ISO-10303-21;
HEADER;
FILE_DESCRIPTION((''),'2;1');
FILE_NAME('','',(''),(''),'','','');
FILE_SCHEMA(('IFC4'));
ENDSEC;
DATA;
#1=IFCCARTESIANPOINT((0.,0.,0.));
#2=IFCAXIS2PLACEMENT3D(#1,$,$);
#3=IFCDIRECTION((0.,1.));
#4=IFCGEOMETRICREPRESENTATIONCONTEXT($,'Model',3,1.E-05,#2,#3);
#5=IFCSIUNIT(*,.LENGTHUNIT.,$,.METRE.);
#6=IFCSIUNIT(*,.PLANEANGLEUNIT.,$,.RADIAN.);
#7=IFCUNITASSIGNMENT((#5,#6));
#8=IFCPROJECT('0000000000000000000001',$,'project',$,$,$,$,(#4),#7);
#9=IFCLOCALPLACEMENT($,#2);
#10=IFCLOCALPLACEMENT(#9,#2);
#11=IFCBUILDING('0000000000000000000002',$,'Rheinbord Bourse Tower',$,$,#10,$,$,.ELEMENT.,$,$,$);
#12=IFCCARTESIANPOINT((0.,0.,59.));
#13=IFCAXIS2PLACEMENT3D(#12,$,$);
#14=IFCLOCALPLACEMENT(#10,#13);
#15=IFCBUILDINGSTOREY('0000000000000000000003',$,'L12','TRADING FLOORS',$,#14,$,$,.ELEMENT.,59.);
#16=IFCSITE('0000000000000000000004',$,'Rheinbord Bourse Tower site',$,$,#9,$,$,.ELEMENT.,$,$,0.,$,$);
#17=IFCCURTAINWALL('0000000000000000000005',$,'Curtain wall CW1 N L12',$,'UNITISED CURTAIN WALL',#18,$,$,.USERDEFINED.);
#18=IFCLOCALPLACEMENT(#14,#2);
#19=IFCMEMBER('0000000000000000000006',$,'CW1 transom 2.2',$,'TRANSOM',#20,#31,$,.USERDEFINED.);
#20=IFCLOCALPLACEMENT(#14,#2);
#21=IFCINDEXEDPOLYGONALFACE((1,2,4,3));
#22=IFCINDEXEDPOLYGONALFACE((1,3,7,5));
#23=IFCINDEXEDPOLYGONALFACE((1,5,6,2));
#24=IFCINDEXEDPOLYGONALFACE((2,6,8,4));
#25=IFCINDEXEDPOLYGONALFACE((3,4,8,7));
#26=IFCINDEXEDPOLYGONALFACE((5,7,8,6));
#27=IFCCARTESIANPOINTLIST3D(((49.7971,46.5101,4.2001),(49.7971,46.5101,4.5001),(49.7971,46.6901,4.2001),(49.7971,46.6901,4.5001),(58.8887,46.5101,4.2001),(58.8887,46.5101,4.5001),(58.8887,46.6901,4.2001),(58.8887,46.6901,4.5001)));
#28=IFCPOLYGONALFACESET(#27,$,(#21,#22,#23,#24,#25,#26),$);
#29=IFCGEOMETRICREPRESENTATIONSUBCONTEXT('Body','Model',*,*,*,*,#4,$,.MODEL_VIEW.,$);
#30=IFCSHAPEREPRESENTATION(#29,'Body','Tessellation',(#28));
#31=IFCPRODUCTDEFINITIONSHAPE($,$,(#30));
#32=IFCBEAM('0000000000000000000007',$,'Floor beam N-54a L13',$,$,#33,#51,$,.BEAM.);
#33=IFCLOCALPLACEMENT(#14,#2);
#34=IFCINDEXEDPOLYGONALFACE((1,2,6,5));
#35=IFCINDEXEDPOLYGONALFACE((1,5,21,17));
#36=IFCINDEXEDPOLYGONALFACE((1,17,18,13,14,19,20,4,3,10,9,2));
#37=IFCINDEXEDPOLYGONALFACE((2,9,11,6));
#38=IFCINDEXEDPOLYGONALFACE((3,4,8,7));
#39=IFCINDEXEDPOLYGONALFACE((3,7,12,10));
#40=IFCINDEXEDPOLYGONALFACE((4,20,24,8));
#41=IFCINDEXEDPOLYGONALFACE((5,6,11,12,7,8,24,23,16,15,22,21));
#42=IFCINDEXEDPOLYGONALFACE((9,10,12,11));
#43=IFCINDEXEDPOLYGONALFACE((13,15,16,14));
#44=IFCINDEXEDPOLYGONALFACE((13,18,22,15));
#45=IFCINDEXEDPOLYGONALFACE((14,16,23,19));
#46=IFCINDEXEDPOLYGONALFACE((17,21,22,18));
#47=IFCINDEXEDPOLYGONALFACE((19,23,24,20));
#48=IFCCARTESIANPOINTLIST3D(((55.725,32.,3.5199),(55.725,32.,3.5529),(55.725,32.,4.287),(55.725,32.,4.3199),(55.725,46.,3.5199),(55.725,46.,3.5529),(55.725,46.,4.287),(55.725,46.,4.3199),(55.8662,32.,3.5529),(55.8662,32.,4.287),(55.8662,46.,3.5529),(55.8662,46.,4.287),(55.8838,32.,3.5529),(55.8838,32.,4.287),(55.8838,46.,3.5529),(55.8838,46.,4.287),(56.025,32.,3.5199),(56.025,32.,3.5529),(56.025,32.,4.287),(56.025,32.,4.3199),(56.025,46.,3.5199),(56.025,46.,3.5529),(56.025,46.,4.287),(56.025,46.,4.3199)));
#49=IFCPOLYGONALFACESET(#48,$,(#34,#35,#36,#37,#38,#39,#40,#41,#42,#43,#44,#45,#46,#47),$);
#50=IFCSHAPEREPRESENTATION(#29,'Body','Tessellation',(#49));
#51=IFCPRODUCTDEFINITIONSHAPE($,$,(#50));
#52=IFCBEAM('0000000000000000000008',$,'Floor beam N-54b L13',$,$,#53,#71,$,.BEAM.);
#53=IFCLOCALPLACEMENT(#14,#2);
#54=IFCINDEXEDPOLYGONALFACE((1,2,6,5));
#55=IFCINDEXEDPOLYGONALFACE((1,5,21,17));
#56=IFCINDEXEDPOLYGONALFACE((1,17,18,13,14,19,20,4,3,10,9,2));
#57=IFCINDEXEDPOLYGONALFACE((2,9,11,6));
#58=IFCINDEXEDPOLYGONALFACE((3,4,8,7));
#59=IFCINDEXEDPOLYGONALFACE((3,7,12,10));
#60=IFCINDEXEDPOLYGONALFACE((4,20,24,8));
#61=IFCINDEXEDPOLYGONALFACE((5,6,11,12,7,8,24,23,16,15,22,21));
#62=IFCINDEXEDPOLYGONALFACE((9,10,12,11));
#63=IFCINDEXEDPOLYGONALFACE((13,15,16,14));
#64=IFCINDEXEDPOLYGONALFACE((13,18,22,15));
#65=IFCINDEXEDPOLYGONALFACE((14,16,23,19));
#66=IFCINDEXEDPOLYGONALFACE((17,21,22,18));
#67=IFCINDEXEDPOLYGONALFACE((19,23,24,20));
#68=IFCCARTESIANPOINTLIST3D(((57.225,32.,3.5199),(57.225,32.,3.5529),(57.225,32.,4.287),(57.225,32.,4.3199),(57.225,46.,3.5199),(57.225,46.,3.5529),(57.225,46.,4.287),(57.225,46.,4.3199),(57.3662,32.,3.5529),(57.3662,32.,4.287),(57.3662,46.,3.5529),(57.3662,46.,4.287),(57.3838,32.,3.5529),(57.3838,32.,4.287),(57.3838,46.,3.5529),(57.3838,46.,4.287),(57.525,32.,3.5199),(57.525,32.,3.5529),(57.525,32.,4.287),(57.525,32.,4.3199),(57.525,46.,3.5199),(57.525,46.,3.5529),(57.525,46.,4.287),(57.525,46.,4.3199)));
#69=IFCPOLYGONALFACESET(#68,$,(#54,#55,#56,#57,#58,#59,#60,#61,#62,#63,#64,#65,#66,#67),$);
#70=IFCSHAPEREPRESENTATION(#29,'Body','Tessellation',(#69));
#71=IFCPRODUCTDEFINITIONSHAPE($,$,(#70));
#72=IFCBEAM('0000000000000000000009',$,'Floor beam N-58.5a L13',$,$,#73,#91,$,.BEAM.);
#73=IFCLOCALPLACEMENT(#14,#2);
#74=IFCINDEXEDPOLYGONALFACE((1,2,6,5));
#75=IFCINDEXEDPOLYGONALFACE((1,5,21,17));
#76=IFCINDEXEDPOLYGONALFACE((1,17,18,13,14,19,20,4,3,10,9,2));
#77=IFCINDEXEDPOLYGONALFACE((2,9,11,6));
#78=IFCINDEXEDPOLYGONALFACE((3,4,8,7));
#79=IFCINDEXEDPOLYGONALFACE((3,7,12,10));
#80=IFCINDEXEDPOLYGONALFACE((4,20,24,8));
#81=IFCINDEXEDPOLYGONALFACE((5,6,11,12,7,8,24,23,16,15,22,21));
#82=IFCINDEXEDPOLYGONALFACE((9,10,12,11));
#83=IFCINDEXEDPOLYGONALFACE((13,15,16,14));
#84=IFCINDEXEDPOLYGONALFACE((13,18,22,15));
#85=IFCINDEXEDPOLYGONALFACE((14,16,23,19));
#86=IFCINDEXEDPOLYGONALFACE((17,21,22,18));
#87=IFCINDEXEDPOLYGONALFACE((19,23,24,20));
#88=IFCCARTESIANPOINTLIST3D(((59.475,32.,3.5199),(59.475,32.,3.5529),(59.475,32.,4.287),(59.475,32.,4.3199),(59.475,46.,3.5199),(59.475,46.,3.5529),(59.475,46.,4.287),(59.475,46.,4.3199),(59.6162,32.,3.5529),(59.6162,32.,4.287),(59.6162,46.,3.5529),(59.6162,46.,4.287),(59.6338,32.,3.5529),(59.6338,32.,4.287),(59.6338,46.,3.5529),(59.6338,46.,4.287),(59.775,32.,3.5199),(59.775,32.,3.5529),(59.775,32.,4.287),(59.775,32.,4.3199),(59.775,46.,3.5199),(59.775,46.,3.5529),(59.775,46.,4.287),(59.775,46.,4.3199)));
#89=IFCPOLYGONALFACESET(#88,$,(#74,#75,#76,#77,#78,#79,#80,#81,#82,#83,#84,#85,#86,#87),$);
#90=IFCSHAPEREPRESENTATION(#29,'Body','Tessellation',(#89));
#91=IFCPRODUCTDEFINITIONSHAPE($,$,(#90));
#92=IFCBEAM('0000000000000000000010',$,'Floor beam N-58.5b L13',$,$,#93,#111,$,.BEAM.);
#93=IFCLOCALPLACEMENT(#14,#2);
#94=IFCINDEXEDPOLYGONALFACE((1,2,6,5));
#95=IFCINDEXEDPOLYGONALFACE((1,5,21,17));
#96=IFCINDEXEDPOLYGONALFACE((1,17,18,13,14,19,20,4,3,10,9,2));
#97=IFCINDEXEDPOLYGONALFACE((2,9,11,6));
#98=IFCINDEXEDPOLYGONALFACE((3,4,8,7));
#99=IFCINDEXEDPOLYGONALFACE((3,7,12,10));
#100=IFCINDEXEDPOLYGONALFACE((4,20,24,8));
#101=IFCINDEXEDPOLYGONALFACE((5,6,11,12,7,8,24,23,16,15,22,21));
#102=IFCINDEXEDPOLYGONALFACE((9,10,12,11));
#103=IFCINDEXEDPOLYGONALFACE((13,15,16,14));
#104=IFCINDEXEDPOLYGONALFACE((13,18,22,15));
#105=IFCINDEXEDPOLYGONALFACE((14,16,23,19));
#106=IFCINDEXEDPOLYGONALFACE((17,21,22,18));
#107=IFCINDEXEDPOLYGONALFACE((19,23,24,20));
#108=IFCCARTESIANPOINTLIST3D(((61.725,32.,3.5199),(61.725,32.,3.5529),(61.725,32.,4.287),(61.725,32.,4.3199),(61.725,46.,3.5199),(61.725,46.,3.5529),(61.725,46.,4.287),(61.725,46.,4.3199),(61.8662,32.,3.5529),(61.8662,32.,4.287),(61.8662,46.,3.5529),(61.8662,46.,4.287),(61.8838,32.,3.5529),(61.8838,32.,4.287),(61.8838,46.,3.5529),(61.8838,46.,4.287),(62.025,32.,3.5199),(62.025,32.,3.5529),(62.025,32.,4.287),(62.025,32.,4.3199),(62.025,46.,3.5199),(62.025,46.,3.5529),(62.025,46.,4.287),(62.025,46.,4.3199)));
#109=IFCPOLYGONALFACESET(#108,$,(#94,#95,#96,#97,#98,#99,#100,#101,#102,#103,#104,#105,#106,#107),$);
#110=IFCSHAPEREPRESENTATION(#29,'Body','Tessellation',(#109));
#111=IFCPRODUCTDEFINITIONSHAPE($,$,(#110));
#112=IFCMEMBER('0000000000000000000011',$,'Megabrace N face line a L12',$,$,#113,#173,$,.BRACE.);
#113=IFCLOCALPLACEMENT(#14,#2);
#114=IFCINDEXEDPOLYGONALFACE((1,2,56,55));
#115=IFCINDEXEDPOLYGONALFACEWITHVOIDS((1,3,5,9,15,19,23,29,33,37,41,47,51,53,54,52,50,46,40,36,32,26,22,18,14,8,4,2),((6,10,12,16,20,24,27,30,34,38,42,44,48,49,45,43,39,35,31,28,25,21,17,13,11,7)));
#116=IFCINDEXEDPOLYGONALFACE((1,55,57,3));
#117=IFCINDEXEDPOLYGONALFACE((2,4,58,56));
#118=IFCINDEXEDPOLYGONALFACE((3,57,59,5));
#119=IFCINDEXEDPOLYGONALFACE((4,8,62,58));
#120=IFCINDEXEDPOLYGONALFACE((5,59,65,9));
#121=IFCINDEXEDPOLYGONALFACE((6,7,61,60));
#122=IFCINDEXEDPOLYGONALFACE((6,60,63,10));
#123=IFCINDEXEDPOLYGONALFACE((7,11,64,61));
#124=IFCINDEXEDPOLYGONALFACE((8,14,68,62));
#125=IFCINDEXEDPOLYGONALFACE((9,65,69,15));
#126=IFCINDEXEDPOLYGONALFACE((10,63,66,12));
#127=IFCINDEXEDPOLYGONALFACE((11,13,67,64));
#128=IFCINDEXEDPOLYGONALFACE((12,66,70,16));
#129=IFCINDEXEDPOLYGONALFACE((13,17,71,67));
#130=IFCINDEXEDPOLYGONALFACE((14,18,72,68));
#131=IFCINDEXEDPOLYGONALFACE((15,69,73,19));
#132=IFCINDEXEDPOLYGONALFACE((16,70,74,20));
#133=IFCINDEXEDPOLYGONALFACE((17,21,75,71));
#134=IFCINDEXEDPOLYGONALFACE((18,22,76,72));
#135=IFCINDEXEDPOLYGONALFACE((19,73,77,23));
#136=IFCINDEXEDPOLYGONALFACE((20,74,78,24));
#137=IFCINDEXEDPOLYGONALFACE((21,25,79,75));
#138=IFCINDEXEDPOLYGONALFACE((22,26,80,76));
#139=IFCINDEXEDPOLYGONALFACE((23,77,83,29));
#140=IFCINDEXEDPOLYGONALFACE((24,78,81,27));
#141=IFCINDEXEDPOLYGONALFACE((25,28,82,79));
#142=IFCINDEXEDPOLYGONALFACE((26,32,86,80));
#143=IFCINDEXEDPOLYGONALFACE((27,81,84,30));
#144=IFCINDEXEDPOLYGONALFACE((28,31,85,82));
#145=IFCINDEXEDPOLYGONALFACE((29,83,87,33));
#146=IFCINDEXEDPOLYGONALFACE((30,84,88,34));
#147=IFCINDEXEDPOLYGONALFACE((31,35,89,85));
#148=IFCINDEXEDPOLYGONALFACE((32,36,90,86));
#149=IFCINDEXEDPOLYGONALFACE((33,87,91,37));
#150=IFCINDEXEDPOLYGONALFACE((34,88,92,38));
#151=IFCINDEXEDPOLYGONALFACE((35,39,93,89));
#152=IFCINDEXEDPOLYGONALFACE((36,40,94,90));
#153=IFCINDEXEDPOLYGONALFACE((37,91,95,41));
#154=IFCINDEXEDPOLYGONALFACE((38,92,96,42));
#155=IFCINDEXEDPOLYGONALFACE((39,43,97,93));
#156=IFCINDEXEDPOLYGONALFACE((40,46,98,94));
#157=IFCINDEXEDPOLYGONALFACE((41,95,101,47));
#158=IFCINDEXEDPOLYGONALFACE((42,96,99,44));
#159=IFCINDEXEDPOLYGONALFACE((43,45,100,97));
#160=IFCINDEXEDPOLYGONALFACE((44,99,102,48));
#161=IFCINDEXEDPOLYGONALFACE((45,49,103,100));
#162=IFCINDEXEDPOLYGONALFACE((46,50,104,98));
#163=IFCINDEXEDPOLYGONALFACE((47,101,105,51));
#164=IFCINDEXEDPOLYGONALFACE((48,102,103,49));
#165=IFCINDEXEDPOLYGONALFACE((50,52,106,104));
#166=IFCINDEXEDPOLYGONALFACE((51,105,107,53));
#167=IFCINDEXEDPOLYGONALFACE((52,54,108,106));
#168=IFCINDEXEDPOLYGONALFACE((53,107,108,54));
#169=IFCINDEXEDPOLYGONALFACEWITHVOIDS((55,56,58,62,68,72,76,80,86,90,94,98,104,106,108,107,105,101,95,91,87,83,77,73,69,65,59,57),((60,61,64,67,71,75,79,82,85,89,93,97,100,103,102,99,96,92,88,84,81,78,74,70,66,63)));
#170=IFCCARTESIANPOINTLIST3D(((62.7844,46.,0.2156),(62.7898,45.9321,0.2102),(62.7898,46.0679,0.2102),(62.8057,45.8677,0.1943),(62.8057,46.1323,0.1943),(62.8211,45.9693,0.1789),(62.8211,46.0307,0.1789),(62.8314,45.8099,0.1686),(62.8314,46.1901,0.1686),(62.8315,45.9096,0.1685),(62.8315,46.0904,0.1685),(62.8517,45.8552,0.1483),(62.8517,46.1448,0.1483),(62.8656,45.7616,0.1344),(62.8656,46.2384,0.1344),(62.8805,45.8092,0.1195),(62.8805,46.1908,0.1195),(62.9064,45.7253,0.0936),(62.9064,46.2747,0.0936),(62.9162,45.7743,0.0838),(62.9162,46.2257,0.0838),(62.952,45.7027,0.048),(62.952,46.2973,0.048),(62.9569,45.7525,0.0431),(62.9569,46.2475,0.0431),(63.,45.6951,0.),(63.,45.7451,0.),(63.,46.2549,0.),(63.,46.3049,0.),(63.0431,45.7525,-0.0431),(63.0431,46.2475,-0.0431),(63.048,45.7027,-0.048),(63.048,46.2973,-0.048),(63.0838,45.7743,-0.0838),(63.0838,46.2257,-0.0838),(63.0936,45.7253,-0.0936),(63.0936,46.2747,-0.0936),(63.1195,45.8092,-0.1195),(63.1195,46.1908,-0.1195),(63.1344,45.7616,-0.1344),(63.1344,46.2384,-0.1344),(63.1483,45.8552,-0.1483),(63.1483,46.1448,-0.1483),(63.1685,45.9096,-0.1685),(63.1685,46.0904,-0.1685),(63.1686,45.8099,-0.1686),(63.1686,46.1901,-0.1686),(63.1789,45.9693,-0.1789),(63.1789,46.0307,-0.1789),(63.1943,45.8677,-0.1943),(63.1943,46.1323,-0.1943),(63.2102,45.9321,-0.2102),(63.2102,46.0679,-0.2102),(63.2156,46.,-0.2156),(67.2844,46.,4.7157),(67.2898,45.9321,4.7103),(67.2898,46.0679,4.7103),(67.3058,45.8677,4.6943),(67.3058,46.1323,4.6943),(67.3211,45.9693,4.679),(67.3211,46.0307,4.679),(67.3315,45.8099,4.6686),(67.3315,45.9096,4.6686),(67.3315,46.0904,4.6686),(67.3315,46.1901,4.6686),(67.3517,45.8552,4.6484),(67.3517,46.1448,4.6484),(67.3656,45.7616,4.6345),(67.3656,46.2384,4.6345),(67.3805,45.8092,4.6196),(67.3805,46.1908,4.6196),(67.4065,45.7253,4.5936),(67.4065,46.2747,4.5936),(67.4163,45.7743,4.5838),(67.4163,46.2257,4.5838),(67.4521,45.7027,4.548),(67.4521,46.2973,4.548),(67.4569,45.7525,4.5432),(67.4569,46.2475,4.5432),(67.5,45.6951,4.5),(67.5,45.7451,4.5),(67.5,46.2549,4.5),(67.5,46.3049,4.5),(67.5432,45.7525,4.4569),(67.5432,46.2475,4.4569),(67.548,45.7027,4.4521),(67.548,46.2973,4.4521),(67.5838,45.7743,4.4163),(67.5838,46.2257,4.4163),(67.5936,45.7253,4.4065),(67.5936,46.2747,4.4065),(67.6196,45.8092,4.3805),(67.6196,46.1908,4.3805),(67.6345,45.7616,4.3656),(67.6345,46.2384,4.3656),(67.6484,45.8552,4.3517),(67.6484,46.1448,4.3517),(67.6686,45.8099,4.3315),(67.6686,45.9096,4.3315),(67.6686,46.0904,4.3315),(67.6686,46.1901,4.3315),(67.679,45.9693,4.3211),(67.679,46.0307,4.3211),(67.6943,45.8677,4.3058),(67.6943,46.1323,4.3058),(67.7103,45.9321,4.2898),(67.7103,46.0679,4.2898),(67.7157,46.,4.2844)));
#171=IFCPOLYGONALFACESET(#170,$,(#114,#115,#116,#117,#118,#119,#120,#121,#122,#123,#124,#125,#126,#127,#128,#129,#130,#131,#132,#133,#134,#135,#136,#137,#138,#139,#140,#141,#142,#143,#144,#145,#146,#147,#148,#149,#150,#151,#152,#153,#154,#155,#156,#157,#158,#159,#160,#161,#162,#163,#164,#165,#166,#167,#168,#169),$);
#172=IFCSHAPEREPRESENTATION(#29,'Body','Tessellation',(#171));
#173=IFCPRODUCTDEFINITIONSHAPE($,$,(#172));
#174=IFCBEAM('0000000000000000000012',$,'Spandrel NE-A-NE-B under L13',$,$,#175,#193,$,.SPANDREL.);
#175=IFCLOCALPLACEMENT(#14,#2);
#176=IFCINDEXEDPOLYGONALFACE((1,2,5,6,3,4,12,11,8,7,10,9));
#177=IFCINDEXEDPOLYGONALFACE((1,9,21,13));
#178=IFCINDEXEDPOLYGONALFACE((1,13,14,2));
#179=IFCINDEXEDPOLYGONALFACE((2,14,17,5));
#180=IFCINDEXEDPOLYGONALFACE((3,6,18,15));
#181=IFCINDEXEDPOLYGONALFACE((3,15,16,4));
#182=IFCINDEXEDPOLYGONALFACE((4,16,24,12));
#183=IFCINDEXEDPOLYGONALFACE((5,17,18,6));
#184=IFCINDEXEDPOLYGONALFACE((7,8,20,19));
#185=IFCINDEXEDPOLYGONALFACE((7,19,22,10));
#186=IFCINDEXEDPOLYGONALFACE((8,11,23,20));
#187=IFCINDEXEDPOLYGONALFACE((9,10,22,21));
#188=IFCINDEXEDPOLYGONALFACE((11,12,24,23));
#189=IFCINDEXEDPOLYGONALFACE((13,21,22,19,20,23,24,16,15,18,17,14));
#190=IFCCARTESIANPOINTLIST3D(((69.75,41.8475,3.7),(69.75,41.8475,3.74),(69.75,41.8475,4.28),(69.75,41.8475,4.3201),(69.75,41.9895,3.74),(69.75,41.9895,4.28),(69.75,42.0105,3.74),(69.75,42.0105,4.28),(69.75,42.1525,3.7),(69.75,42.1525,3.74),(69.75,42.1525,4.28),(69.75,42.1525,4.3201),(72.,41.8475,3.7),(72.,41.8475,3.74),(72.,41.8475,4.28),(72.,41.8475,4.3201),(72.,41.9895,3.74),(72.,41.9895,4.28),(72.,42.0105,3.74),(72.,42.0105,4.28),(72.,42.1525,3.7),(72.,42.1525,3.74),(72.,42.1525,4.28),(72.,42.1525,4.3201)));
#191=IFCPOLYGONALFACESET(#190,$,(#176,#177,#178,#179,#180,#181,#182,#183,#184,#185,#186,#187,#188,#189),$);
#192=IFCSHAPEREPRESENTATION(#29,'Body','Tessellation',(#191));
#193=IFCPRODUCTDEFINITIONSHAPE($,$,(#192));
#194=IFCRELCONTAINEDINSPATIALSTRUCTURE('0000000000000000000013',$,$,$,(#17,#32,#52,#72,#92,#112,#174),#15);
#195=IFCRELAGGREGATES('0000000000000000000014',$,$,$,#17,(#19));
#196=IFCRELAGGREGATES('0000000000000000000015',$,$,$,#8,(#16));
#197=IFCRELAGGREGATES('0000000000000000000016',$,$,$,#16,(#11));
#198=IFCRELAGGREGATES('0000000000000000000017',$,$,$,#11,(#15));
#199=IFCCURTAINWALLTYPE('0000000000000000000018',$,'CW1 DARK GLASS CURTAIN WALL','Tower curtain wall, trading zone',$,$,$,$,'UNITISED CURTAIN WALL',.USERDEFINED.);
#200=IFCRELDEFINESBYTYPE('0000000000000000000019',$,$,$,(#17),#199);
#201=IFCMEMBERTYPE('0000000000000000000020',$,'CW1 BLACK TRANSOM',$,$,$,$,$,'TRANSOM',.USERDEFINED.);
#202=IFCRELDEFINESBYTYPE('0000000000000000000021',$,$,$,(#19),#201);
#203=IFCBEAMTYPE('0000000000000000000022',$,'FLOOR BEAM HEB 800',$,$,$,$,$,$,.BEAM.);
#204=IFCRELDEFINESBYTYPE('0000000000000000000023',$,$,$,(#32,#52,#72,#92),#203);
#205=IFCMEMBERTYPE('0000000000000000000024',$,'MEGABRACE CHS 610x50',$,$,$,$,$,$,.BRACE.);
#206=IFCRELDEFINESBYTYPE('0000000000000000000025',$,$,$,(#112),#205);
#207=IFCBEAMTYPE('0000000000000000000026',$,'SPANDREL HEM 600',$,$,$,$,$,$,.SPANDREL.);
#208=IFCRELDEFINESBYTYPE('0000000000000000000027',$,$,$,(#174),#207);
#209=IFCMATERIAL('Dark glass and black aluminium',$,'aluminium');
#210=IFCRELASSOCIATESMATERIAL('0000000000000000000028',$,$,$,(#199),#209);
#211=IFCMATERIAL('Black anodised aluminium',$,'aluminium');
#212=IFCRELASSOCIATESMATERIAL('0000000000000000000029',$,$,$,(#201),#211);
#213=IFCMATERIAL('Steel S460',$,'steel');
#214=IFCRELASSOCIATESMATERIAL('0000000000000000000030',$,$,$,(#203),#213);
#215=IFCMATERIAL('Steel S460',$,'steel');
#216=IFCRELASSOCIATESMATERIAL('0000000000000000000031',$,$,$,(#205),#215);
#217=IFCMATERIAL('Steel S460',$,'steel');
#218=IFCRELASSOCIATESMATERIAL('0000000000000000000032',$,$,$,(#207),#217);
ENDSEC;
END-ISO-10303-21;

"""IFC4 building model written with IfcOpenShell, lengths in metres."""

from ifc_helpers import new_model, si_unit, direction, frame, origin, origin_2d, place, context, subcontext, project, spatial, rectangle, hollow_circle, i_section, extrude, material, material_profile, profile_set, type_object, element, aggregate, save


model = new_model("IFC4")

# Units and contexts
model_context = context("Model", 3, precision=1e-05, world=origin(), true_north=direction((0.0, 1.0)))
body_context = subcontext(model_context, "Body", "Model", "MODEL_VIEW")
ifc_project = project(units=[si_unit("LENGTHUNIT", "METRE"), si_unit("PLANEANGLEUNIT", "RADIAN")], contexts=[model_context])

# Site, building, storey
site_placement = place(None, origin())
site = spatial("IfcSite", under=ifc_project, at=site_placement, Name="Rheinbord Bourse Tower site", CompositionType="ELEMENT", RefElevation=0.0)
building_placement = place(site_placement, origin())
building = spatial("IfcBuilding", under=site, at=building_placement, Name="Rheinbord Bourse Tower", CompositionType="ELEMENT")
storey_placement = place(building_placement, frame((0.0, 0.0, 59.0)))
storey = spatial("IfcBuildingStorey", under=building, at=storey_placement, Name="L12", Description="TRADING FLOORS", CompositionType="ELEMENT", Elevation=59.0)

# Curtain wall
ifc_material_1 = material(Name="Dark glass and black aluminium", Category="aluminium")
curtain_wall_type = type_object("IfcCurtainWallType", Name="CW1 DARK GLASS CURTAIN WALL", Description="Tower curtain wall, trading zone", ElementType="UNITISED CURTAIN WALL", PredefinedType="USERDEFINED", material=ifc_material_1)
curtain_wall_1_placement = place(storey_placement, origin())
curtain_wall_1 = element("IfcCurtainWall", 1, at=curtain_wall_1_placement, inside=storey, type_object=curtain_wall_type, Name="Curtain wall CW1 N L12", ObjectType="UNITISED CURTAIN WALL", PredefinedType="USERDEFINED")

# Member
ifc_material_2 = material(Name="Black anodised aluminium", Category="aluminium")
ifc_material_profile_1 = material_profile(ifc_material_2, rectangle(XDim=0.1799, YDim=0.3, at=origin_2d()), Name="CW1 TRANSOM 300x180")
ifc_profile_set_1 = profile_set([ifc_material_profile_1], Name="Black anodised aluminium")
member_type_1 = type_object("IfcMemberType", Name="CW1 BLACK TRANSOM", ElementType="TRANSOM", PredefinedType="USERDEFINED", material=ifc_profile_set_1)
member_1_placement = place(storey_placement, frame((58.8887, 46.6001, 4.3501), z_axis=(-1.0, 0.0, 0.0), x_axis=(0.0, -1.0, 0.0)))
member_1 = element("IfcMember", 2, at=member_1_placement, type_object=member_type_1, Name="CW1 transom 2.2", ObjectType="TRANSOM", PredefinedType="USERDEFINED", context=body_context, shape_type="SweptSolid", body=[
    extrude(rectangle(XDim=0.1799, YDim=0.3, at=origin_2d()), origin(), (0.0, 0.0, 1.0), 9.0916),
])

# Beams
ifc_material_3 = material(Name="Steel S460", Category="steel")
ifc_material_profile_2 = material_profile(ifc_material_3, i_section(OverallWidth=0.3, OverallDepth=0.8, WebThickness=0.0176, FlangeThickness=0.033, at=origin_2d()), Name="HEB 800")
ifc_profile_set_2 = profile_set([ifc_material_profile_2], Name="Steel S460")
beam_type_1 = type_object("IfcBeamType", Name="FLOOR BEAM HEB 800", PredefinedType="BEAM", material=ifc_profile_set_2)
for number, where, z_axis, x_axis, name in (
    (3, (55.875, 46.0, 3.9199), (0.0, -1.0, 0.0), (1.0, 0.0, 0.0), "Floor beam N-54a L13"),
    (4, (57.375, 46.0, 3.9199), (0.0, -1.0, 0.0), (1.0, 0.0, 0.0), "Floor beam N-54b L13"),
    (5, (59.625, 46.0, 3.9199), (0.0, -1.0, 0.0), (1.0, 0.0, 0.0), "Floor beam N-58.5a L13"),
    (6, (61.875, 46.0, 3.9199), (0.0, -1.0, 0.0), (1.0, 0.0, 0.0), "Floor beam N-58.5b L13"),
):
    element("IfcBeam", number, at=place(storey_placement, frame(where, z_axis=z_axis, x_axis=x_axis)), inside=storey, type_object=beam_type_1, Name=name, PredefinedType="BEAM", context=body_context, shape_type="SweptSolid", body=[
        extrude(i_section(OverallWidth=0.3, OverallDepth=0.8, WebThickness=0.0176, FlangeThickness=0.033, at=origin_2d()), origin(), (0.0, 0.0, 1.0), 14.0),
    ])

# Member
ifc_material_4 = material(Name="Steel S460", Category="steel")
ifc_material_profile_3 = material_profile(ifc_material_4, hollow_circle(Radius=0.3049, WallThickness=0.05, at=origin_2d()), Name="CHS 610x50")
ifc_profile_set_3 = profile_set([ifc_material_profile_3], Name="Steel S460")
member_type_2 = type_object("IfcMemberType", Name="MEGABRACE CHS 610x50", PredefinedType="BRACE", material=ifc_profile_set_3)
member_2_placement = place(storey_placement, frame((63.0, 46.0, 0.0), z_axis=(0.707107, 0.0, 0.707107), x_axis=(0.0, 1.0, 0.0)))
element("IfcMember", 7, at=member_2_placement, inside=storey, type_object=member_type_2, Name="Megabrace N face line a L12", PredefinedType="BRACE", context=body_context, shape_type="SweptSolid", body=[
    extrude(hollow_circle(Radius=0.3049, WallThickness=0.05, at=origin_2d()), origin(), (0.0, 0.0, 1.0), 6.364),
])

# Beam
ifc_material_5 = material(Name="Steel S460", Category="steel")
ifc_material_profile_4 = material_profile(ifc_material_5, i_section(OverallWidth=0.3049, OverallDepth=0.6201, WebThickness=0.021, FlangeThickness=0.04, at=origin_2d()), Name="HEM 600")
ifc_profile_set_4 = profile_set([ifc_material_profile_4], Name="Steel S460")
beam_type_2 = type_object("IfcBeamType", Name="SPANDREL HEM 600", PredefinedType="SPANDREL", material=ifc_profile_set_4)
for number, where, z_axis, x_axis, name in (
    (8, (72.0, 42.0, 4.01), (-1.0, 0.0, 0.0), (0.0, -1.0, 0.0), "Spandrel NE-A-NE-B under L13"),
):
    element("IfcBeam", number, at=place(storey_placement, frame(where, z_axis=z_axis, x_axis=x_axis)), inside=storey, type_object=beam_type_2, Name=name, PredefinedType="SPANDREL", context=body_context, shape_type="SweptSolid", body=[
        extrude(i_section(OverallWidth=0.3049, OverallDepth=0.6201, WebThickness=0.021, FlangeThickness=0.04, at=origin_2d()), origin(), (0.0, 0.0, 1.0), 2.25),
    ])

aggregate(curtain_wall_1, [member_1])

save(model, "model.ifc")
